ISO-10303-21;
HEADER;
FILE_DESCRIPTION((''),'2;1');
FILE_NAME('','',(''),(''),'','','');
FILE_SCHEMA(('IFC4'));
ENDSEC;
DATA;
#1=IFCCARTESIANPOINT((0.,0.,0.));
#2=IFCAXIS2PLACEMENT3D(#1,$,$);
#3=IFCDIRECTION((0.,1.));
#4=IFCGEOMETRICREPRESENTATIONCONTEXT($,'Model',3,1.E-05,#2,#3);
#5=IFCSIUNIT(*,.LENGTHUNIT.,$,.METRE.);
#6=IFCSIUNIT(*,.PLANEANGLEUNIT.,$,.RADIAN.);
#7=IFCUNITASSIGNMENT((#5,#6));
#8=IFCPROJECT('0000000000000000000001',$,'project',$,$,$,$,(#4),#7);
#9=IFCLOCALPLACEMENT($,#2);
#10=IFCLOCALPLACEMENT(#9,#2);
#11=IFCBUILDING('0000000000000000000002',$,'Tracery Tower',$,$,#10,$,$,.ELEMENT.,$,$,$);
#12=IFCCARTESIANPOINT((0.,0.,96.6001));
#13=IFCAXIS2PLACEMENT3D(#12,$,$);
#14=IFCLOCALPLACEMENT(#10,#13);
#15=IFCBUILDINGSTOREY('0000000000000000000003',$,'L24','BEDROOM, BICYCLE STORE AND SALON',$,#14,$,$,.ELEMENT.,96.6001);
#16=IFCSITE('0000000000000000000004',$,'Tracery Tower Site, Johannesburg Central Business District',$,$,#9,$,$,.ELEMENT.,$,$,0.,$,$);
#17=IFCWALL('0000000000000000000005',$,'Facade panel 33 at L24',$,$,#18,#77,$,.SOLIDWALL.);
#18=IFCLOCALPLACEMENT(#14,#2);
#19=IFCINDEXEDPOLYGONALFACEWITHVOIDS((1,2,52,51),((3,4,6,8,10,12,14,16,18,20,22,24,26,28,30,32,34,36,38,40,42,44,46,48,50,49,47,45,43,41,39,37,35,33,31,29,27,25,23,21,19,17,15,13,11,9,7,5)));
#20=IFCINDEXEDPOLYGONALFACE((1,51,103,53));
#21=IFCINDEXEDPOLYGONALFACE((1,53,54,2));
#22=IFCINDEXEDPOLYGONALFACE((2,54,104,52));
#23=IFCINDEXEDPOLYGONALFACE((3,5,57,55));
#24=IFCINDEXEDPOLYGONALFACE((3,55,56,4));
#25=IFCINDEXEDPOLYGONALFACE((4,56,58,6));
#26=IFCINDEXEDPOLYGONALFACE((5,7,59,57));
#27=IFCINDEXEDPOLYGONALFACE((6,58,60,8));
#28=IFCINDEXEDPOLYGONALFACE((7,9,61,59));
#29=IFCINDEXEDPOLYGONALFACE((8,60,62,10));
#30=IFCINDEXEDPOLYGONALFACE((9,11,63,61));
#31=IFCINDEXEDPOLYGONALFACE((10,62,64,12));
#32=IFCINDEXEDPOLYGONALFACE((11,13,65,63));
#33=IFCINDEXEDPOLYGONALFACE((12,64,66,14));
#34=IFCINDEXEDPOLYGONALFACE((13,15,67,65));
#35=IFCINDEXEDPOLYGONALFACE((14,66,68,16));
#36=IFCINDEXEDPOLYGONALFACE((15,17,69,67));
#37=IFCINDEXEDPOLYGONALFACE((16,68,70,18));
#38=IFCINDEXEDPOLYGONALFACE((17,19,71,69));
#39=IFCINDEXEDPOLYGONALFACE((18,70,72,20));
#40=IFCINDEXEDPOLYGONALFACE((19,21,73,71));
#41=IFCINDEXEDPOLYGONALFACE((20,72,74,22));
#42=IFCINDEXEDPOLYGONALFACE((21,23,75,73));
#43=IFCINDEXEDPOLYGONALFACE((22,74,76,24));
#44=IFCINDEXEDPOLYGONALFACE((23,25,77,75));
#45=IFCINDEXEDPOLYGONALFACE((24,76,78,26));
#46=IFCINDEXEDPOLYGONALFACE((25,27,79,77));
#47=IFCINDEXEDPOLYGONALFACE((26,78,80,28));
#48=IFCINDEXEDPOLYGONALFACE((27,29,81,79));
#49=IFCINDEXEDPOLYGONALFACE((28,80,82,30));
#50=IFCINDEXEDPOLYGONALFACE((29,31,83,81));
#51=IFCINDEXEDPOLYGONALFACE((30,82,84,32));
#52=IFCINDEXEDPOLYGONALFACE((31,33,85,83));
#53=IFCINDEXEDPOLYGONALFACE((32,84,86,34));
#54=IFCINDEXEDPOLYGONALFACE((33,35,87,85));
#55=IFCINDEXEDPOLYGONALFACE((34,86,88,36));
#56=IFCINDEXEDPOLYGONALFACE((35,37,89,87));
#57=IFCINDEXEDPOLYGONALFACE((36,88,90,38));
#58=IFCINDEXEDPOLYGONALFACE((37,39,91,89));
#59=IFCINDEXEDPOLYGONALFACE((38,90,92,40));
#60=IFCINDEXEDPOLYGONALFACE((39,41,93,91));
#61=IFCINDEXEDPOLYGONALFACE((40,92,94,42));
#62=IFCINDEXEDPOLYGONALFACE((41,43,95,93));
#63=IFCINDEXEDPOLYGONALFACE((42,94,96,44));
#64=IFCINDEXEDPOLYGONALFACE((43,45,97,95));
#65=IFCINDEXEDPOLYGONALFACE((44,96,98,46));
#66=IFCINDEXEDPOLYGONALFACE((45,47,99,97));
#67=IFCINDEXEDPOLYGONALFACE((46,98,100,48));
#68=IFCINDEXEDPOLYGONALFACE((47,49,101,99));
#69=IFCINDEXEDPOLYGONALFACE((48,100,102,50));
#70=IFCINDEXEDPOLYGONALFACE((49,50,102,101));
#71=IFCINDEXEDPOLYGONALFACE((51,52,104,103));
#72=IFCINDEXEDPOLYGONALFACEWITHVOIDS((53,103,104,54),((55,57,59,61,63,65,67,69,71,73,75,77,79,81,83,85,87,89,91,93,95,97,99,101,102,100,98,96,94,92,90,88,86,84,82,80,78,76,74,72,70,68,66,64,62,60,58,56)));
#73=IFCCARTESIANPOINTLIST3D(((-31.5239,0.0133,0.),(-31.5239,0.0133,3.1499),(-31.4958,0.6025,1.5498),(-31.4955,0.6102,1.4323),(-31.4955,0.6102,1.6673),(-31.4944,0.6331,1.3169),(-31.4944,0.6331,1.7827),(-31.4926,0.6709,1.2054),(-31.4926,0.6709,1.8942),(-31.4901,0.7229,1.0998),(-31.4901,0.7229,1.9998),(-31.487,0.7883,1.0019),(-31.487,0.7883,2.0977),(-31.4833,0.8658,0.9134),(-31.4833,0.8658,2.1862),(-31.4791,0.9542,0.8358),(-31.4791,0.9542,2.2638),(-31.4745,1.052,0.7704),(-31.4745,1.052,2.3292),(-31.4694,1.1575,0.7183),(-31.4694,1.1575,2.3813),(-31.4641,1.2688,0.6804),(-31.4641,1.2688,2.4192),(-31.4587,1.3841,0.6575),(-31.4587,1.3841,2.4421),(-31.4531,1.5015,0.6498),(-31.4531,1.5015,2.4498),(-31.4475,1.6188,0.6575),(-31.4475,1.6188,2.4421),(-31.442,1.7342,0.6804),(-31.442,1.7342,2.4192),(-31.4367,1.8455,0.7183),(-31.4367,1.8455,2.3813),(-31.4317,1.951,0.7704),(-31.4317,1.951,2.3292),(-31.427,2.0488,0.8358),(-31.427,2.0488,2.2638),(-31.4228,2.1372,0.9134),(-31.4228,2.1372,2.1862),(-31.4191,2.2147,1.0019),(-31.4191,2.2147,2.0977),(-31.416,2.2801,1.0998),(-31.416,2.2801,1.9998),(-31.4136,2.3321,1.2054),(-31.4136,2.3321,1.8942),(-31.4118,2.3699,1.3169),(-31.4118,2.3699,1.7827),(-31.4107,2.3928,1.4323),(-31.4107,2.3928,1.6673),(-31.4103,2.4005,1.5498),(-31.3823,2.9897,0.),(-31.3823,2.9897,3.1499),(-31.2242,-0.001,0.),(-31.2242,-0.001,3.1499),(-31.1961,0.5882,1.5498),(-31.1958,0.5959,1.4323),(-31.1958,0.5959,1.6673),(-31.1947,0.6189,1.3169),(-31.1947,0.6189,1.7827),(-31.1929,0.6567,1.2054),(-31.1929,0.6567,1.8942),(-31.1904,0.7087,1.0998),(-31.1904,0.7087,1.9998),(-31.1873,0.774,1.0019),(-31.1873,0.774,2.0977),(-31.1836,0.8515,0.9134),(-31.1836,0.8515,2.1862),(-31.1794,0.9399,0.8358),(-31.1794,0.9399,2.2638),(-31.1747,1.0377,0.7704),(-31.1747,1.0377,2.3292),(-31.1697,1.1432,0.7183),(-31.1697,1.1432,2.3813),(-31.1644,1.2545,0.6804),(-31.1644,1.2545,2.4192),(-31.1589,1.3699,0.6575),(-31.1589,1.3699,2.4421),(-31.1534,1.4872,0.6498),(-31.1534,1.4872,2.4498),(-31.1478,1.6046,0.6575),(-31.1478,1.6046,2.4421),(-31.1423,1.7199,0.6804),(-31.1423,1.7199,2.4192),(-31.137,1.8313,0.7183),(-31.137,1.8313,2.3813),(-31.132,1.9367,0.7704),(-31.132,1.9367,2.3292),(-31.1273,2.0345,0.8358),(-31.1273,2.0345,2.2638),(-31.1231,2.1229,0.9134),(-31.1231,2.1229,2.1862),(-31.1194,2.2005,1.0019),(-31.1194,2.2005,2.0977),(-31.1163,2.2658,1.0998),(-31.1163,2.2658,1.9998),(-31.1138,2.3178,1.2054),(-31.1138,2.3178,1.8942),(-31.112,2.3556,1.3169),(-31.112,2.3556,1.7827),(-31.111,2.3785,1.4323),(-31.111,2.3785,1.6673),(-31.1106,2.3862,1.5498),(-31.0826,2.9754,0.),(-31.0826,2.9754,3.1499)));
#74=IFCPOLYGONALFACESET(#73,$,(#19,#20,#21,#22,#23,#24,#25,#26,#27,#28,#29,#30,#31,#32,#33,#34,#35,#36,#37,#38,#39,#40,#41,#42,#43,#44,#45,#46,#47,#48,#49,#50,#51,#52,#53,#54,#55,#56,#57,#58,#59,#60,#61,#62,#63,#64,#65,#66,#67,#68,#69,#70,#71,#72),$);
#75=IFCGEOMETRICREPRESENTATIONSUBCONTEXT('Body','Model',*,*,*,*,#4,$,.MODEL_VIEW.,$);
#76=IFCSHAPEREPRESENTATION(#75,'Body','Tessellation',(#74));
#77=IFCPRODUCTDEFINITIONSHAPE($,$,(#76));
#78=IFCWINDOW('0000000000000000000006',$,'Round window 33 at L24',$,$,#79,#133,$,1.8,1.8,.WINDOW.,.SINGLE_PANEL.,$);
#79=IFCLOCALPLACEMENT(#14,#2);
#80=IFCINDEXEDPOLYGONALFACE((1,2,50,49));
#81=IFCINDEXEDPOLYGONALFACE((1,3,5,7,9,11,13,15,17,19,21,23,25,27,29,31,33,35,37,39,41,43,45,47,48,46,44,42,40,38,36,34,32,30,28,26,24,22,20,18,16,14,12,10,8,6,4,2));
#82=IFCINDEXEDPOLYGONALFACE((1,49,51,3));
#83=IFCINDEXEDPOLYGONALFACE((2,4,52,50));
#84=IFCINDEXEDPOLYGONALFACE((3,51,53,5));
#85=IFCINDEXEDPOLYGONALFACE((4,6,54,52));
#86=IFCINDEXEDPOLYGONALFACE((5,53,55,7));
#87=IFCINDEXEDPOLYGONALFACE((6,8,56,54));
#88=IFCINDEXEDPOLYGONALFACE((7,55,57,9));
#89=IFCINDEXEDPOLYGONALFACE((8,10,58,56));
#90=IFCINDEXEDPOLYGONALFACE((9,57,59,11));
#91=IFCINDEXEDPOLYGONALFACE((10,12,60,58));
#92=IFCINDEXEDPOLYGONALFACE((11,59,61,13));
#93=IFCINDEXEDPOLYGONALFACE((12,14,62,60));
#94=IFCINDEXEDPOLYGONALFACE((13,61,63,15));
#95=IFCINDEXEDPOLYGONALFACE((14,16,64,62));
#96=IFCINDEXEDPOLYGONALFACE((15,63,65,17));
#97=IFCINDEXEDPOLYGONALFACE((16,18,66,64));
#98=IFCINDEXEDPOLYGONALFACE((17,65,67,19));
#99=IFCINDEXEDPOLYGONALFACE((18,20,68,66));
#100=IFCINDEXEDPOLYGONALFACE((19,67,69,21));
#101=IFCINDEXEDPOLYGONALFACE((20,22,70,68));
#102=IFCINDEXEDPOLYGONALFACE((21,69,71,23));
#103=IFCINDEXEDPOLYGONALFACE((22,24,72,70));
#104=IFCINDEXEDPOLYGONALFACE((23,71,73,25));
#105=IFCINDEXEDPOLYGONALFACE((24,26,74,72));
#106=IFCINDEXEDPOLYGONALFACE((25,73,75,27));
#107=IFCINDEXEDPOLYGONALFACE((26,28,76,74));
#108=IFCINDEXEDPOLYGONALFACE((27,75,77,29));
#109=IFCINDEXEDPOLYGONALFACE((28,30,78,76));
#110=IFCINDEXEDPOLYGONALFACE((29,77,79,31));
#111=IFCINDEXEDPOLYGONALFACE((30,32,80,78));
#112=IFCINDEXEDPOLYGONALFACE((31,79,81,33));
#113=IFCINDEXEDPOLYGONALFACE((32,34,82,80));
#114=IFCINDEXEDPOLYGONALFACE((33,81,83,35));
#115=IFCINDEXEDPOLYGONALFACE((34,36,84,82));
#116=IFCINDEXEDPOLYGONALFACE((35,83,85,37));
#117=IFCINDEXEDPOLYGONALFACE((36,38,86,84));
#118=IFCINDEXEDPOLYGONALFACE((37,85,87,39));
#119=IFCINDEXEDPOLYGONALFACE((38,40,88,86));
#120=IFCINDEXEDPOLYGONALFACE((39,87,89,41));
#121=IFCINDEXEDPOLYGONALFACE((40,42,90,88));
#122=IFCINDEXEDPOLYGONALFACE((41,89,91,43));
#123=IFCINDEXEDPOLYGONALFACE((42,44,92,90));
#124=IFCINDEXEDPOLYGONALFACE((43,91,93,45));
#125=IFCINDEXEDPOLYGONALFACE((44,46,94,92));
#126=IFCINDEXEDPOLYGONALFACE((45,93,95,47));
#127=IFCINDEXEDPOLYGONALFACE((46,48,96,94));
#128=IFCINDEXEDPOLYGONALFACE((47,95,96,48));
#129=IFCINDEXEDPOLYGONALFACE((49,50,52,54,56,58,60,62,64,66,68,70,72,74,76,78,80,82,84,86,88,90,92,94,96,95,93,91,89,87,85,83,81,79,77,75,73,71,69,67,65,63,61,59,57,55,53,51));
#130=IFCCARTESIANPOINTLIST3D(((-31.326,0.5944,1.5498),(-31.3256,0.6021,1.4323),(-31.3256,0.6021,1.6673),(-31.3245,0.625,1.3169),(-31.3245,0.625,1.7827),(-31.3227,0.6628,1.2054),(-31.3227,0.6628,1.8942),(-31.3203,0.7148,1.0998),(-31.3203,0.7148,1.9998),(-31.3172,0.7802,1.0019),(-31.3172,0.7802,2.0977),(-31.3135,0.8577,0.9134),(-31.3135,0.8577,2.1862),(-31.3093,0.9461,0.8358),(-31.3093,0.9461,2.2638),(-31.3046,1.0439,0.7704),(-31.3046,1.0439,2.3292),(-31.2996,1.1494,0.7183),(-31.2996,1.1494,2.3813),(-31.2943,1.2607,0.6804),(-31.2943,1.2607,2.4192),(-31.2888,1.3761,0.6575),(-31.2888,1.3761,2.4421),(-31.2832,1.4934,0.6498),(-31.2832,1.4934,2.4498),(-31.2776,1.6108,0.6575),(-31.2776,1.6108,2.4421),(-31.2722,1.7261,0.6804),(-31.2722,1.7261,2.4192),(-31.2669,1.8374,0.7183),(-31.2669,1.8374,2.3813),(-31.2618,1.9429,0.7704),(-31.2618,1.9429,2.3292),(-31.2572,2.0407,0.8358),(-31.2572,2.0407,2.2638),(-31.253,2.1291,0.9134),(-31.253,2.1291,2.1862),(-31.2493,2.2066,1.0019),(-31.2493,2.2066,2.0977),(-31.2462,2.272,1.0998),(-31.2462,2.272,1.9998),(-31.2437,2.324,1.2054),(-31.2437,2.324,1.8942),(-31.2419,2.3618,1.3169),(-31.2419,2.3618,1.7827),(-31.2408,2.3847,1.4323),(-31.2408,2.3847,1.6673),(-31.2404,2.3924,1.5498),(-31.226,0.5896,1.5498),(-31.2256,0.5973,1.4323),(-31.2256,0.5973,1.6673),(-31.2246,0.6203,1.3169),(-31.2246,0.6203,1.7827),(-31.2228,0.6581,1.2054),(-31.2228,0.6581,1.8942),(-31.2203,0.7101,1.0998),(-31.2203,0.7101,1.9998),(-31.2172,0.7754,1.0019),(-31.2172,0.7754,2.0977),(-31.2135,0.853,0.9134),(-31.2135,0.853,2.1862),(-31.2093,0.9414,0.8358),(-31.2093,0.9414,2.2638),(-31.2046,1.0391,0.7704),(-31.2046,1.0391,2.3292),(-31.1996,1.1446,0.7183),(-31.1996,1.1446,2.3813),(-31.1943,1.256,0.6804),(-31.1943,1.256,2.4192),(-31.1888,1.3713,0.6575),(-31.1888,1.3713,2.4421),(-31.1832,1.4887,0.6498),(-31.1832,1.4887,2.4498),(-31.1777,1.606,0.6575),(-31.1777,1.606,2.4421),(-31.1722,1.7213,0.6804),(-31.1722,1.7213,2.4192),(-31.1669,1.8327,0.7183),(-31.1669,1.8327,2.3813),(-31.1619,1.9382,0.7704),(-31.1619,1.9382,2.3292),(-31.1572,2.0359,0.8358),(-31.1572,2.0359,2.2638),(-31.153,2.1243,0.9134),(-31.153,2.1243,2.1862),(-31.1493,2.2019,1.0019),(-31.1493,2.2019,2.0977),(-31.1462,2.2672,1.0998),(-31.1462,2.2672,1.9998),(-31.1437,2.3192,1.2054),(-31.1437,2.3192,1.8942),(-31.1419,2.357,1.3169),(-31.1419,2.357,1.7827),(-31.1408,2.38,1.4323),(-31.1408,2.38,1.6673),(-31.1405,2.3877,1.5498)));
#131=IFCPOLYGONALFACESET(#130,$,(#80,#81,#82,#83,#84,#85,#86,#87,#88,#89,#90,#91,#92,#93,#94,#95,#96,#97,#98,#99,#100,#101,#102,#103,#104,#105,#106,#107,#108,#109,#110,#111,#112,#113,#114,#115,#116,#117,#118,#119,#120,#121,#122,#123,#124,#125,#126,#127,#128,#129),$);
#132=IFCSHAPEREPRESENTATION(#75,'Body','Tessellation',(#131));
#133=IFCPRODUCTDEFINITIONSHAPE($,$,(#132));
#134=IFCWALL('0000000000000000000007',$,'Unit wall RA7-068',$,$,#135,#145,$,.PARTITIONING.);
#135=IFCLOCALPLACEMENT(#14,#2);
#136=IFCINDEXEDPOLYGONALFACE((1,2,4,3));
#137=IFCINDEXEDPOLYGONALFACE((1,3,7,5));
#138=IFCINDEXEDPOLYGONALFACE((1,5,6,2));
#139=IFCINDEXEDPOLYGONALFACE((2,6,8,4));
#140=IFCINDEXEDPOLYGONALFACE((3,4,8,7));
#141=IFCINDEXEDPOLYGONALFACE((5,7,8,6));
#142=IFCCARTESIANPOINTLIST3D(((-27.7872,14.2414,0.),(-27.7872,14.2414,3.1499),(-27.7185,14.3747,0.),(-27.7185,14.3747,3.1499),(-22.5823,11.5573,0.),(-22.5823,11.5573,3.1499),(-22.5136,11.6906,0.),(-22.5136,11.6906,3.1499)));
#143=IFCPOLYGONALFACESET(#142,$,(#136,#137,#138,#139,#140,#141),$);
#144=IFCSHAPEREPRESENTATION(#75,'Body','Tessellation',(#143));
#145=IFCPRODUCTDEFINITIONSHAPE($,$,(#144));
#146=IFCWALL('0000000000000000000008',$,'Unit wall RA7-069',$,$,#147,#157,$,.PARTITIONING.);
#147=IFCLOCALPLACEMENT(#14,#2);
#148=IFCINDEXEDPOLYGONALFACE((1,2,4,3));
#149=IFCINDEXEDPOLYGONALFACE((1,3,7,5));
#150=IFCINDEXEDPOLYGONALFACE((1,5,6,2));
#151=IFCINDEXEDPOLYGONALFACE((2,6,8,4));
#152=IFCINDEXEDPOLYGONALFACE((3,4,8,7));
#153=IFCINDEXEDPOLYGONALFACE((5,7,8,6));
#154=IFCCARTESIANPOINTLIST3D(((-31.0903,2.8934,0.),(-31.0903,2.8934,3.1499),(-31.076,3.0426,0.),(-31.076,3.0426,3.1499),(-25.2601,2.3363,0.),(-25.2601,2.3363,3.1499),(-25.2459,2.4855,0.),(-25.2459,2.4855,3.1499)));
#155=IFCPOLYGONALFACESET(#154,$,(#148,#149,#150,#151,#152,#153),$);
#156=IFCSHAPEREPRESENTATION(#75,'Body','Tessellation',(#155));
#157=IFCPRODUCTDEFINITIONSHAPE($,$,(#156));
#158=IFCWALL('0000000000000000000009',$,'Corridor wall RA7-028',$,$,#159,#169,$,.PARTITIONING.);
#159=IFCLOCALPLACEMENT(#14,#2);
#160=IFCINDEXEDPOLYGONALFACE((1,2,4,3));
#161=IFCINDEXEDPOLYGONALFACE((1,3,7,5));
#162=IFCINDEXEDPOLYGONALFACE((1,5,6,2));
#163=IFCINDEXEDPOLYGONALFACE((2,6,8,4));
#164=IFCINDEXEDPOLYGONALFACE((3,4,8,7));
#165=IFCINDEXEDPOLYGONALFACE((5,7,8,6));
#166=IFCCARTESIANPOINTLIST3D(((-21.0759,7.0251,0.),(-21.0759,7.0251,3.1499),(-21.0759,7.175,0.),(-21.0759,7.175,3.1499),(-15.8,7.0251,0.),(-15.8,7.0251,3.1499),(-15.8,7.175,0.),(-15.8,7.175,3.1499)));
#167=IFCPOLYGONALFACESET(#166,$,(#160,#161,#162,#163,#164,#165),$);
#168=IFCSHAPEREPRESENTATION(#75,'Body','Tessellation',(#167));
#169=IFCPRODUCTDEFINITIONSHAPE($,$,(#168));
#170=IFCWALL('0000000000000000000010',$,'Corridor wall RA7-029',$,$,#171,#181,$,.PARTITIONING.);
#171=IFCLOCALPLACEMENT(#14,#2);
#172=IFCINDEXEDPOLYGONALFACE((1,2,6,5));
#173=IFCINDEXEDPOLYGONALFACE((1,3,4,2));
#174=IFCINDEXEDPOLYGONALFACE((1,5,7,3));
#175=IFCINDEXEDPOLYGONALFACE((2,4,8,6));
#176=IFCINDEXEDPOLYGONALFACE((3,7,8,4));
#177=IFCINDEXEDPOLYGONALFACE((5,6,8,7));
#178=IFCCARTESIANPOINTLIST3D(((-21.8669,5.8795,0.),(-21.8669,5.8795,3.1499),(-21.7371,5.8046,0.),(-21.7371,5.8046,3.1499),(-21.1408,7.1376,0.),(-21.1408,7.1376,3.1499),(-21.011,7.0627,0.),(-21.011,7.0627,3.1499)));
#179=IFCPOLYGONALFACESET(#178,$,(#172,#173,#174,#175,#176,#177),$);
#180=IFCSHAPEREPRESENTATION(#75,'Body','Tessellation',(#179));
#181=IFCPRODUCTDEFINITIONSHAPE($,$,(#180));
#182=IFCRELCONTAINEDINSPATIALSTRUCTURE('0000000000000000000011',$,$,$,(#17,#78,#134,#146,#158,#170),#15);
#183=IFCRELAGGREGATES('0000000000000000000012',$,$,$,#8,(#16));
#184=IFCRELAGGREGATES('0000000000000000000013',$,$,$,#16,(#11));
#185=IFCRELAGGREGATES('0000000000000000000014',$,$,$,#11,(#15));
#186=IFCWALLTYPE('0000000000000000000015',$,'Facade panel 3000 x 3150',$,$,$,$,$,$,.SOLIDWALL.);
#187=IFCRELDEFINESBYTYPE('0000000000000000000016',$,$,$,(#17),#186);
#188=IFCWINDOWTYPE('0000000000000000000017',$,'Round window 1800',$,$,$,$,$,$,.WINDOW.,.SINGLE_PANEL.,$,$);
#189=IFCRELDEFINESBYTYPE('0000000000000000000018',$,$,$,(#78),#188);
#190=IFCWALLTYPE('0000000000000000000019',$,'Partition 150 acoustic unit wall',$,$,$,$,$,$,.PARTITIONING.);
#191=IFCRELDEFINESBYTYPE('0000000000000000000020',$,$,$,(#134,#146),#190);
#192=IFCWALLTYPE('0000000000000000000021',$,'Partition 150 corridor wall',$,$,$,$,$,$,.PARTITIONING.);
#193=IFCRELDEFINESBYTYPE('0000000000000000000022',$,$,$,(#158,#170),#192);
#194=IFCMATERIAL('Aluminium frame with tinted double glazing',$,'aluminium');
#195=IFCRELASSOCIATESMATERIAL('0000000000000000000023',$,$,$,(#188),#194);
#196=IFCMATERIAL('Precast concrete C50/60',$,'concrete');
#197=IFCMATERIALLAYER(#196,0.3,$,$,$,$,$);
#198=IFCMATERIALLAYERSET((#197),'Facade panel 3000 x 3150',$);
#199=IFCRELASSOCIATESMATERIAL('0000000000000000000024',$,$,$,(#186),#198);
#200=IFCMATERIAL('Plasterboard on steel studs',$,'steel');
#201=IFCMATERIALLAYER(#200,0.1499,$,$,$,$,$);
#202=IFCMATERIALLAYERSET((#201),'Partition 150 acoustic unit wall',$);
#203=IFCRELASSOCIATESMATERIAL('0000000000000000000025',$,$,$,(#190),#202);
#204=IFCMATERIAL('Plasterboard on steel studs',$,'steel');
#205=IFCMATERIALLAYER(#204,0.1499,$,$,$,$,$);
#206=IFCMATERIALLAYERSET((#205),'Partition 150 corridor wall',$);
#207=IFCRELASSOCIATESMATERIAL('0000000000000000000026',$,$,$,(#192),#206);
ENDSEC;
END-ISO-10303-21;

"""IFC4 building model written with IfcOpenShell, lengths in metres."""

from ifc_helpers import new_model, si_unit, direction, frame, frame_2d, origin, origin_2d, place, context, subcontext, project, spatial, rectangle, circle, extrude, material, layer, layer_set, type_object, element, fill, save


model = new_model("IFC4")

# Units and contexts
model_context = context("Model", 3, precision=1e-05, world=origin(), true_north=direction((0.0, 1.0)))
body_context = subcontext(model_context, "Body", "Model", "MODEL_VIEW")
ifc_project = project(units=[si_unit("LENGTHUNIT", "METRE"), si_unit("PLANEANGLEUNIT", "RADIAN")], contexts=[model_context])

# Site, building, storey
site_placement = place(None, origin())
site = spatial("IfcSite", under=ifc_project, at=site_placement, Name="Tracery Tower Site, Johannesburg Central Business District", CompositionType="ELEMENT", RefElevation=0.0)
building_placement = place(site_placement, origin())
building = spatial("IfcBuilding", under=site, at=building_placement, Name="Tracery Tower", CompositionType="ELEMENT")
storey_placement = place(building_placement, frame((0.0, 0.0, 96.6001)))
storey = spatial("IfcBuildingStorey", under=building, at=storey_placement, Name="L24", Description="BEDROOM, BICYCLE STORE AND SALON", CompositionType="ELEMENT", Elevation=96.6001)

# Wall, opening, window
ifc_material_1 = material(Name="Aluminium frame with tinted double glazing", Category="aluminium")
window_type = type_object("IfcWindowType", Name="Round window 1800", PartitioningType="SINGLE_PANEL", PredefinedType="WINDOW", material=ifc_material_1)
ifc_material_2 = material(Name="Precast concrete C50/60", Category="concrete")
ifc_layer_1 = layer(ifc_material_2, 0.3)
ifc_layer_set_1 = layer_set([ifc_layer_1], Name="Facade panel 3000 x 3150")
wall_type_1 = type_object("IfcWallType", Name="Facade panel 3000 x 3150", PredefinedType="SOLIDWALL", material=ifc_layer_set_1)
wall_1_placement = place(storey_placement, frame((-31.2324, 2.9824, 0.0), z_axis=(0.0, 0.0, 1.0), x_axis=(-0.047522, -0.99887, 0.0)))
wall_1 = element("IfcWall", 1, at=wall_1_placement, inside=storey, type_object=wall_type_1, Name="Facade panel 33 at L24", PredefinedType="SOLIDWALL", context=body_context, shape_type="SweptSolid", body=[
    extrude(rectangle(XDim=2.9797, YDim=0.3, at=frame_2d((1.4897, 0.0))), origin(), (0.0, 0.0, 1.0), 3.1499),
])
opening_1_placement = place(wall_1_placement, frame((1.4897, 0.0, 1.5498)))
opening_1 = element("IfcOpeningElement", 2, at=opening_1_placement, cuts=wall_1, PredefinedType="OPENING", context=body_context, shape_type="SweptSolid", body=[
    extrude(circle(Radius=0.9, at=origin_2d()), frame((0.0, 0.1599, 0.0), z_axis=(0.0, -1.0, 0.0), x_axis=(1.0, 0.0, 0.0)), (0.0, 0.0, 1.0), 0.3201),
])
window_1_placement = place(opening_1_placement, origin())
window_1 = element("IfcWindow", 3, at=window_1_placement, inside=storey, type_object=window_type, Name="Round window 33 at L24", OverallHeight=1.8, OverallWidth=1.8, PartitioningType="SINGLE_PANEL", PredefinedType="WINDOW", context=body_context, shape_type="SweptSolid", body=[
    extrude(circle(Radius=0.9, at=origin_2d()), frame((0.0, 0.1201, 0.0), z_axis=(0.0, -1.0, 0.0), x_axis=(1.0, 0.0, 0.0)), (0.0, 0.0, 1.0), 0.1001),
])
fill(opening_1, window_1)

# Walls
ifc_material_3 = material(Name="Plasterboard on steel studs", Category="steel")
ifc_layer_2 = layer(ifc_material_3, 0.1499)
ifc_layer_set_2 = layer_set([ifc_layer_2], Name="Partition 150 acoustic unit wall")
wall_type_2 = type_object("IfcWallType", Name="Partition 150 acoustic unit wall", PredefinedType="PARTITIONING", material=ifc_layer_set_2)
wall_2_placement = place(storey_placement, frame((-27.7529, 14.3081, 0.0), z_axis=(0.0, 0.0, 1.0), x_axis=(0.88878, -0.458335, 0.0)))
element("IfcWall", 4, at=wall_2_placement, inside=storey, type_object=wall_type_2, Name="Unit wall RA7-068", PredefinedType="PARTITIONING", context=body_context, shape_type="SweptSolid", body=[
    extrude(rectangle(XDim=5.8562, YDim=0.1499, at=frame_2d((2.9282, 0.0))), origin(), (0.0, 0.0, 1.0), 3.1499),
])
wall_3_placement = place(storey_placement, frame((-31.083, 2.968, 0.0), z_axis=(0.0, 0.0, 1.0), x_axis=(0.995465, -0.095128, 0.0)))
element("IfcWall", 5, at=wall_3_placement, inside=storey, type_object=wall_type_2, Name="Unit wall RA7-069", PredefinedType="PARTITIONING", context=body_context, shape_type="SweptSolid", body=[
    extrude(rectangle(XDim=5.8567, YDim=0.1499, at=frame_2d((2.9282, 0.0))), origin(), (0.0, 0.0, 1.0), 3.1499),
])
ifc_material_4 = material(Name="Plasterboard on steel studs", Category="steel")
ifc_layer_3 = layer(ifc_material_4, 0.1499)
ifc_layer_set_3 = layer_set([ifc_layer_3], Name="Partition 150 corridor wall")
wall_type_3 = type_object("IfcWallType", Name="Partition 150 corridor wall", PredefinedType="PARTITIONING", material=ifc_layer_set_3)
wall_4_placement = place(storey_placement, frame((-21.0759, 7.1001, 0.0), z_axis=(0.0, 0.0, 1.0), x_axis=(1.0, 0.0, 0.0)))
element("IfcWall", 6, at=wall_4_placement, inside=storey, type_object=wall_type_3, Name="Corridor wall RA7-028", PredefinedType="PARTITIONING", context=body_context, shape_type="SweptSolid", body=[
    extrude(rectangle(XDim=5.2759, YDim=0.1499, at=frame_2d((2.6379, 0.0))), origin(), (0.0, 0.0, 1.0), 3.1499),
])
wall_5_placement = place(storey_placement, frame((-21.802, 5.842, 0.0), z_axis=(0.0, 0.0, 1.0), x_axis=(0.499863, 0.866104, 0.0)))
element("IfcWall", 7, at=wall_5_placement, inside=storey, type_object=wall_type_3, Name="Corridor wall RA7-029", PredefinedType="PARTITIONING", context=body_context, shape_type="SweptSolid", body=[
    extrude(rectangle(XDim=1.4526, YDim=0.1499, at=frame_2d((0.7263, 0.0))), origin(), (0.0, 0.0, 1.0), 3.1499),
])

save(model, "model.ifc")
